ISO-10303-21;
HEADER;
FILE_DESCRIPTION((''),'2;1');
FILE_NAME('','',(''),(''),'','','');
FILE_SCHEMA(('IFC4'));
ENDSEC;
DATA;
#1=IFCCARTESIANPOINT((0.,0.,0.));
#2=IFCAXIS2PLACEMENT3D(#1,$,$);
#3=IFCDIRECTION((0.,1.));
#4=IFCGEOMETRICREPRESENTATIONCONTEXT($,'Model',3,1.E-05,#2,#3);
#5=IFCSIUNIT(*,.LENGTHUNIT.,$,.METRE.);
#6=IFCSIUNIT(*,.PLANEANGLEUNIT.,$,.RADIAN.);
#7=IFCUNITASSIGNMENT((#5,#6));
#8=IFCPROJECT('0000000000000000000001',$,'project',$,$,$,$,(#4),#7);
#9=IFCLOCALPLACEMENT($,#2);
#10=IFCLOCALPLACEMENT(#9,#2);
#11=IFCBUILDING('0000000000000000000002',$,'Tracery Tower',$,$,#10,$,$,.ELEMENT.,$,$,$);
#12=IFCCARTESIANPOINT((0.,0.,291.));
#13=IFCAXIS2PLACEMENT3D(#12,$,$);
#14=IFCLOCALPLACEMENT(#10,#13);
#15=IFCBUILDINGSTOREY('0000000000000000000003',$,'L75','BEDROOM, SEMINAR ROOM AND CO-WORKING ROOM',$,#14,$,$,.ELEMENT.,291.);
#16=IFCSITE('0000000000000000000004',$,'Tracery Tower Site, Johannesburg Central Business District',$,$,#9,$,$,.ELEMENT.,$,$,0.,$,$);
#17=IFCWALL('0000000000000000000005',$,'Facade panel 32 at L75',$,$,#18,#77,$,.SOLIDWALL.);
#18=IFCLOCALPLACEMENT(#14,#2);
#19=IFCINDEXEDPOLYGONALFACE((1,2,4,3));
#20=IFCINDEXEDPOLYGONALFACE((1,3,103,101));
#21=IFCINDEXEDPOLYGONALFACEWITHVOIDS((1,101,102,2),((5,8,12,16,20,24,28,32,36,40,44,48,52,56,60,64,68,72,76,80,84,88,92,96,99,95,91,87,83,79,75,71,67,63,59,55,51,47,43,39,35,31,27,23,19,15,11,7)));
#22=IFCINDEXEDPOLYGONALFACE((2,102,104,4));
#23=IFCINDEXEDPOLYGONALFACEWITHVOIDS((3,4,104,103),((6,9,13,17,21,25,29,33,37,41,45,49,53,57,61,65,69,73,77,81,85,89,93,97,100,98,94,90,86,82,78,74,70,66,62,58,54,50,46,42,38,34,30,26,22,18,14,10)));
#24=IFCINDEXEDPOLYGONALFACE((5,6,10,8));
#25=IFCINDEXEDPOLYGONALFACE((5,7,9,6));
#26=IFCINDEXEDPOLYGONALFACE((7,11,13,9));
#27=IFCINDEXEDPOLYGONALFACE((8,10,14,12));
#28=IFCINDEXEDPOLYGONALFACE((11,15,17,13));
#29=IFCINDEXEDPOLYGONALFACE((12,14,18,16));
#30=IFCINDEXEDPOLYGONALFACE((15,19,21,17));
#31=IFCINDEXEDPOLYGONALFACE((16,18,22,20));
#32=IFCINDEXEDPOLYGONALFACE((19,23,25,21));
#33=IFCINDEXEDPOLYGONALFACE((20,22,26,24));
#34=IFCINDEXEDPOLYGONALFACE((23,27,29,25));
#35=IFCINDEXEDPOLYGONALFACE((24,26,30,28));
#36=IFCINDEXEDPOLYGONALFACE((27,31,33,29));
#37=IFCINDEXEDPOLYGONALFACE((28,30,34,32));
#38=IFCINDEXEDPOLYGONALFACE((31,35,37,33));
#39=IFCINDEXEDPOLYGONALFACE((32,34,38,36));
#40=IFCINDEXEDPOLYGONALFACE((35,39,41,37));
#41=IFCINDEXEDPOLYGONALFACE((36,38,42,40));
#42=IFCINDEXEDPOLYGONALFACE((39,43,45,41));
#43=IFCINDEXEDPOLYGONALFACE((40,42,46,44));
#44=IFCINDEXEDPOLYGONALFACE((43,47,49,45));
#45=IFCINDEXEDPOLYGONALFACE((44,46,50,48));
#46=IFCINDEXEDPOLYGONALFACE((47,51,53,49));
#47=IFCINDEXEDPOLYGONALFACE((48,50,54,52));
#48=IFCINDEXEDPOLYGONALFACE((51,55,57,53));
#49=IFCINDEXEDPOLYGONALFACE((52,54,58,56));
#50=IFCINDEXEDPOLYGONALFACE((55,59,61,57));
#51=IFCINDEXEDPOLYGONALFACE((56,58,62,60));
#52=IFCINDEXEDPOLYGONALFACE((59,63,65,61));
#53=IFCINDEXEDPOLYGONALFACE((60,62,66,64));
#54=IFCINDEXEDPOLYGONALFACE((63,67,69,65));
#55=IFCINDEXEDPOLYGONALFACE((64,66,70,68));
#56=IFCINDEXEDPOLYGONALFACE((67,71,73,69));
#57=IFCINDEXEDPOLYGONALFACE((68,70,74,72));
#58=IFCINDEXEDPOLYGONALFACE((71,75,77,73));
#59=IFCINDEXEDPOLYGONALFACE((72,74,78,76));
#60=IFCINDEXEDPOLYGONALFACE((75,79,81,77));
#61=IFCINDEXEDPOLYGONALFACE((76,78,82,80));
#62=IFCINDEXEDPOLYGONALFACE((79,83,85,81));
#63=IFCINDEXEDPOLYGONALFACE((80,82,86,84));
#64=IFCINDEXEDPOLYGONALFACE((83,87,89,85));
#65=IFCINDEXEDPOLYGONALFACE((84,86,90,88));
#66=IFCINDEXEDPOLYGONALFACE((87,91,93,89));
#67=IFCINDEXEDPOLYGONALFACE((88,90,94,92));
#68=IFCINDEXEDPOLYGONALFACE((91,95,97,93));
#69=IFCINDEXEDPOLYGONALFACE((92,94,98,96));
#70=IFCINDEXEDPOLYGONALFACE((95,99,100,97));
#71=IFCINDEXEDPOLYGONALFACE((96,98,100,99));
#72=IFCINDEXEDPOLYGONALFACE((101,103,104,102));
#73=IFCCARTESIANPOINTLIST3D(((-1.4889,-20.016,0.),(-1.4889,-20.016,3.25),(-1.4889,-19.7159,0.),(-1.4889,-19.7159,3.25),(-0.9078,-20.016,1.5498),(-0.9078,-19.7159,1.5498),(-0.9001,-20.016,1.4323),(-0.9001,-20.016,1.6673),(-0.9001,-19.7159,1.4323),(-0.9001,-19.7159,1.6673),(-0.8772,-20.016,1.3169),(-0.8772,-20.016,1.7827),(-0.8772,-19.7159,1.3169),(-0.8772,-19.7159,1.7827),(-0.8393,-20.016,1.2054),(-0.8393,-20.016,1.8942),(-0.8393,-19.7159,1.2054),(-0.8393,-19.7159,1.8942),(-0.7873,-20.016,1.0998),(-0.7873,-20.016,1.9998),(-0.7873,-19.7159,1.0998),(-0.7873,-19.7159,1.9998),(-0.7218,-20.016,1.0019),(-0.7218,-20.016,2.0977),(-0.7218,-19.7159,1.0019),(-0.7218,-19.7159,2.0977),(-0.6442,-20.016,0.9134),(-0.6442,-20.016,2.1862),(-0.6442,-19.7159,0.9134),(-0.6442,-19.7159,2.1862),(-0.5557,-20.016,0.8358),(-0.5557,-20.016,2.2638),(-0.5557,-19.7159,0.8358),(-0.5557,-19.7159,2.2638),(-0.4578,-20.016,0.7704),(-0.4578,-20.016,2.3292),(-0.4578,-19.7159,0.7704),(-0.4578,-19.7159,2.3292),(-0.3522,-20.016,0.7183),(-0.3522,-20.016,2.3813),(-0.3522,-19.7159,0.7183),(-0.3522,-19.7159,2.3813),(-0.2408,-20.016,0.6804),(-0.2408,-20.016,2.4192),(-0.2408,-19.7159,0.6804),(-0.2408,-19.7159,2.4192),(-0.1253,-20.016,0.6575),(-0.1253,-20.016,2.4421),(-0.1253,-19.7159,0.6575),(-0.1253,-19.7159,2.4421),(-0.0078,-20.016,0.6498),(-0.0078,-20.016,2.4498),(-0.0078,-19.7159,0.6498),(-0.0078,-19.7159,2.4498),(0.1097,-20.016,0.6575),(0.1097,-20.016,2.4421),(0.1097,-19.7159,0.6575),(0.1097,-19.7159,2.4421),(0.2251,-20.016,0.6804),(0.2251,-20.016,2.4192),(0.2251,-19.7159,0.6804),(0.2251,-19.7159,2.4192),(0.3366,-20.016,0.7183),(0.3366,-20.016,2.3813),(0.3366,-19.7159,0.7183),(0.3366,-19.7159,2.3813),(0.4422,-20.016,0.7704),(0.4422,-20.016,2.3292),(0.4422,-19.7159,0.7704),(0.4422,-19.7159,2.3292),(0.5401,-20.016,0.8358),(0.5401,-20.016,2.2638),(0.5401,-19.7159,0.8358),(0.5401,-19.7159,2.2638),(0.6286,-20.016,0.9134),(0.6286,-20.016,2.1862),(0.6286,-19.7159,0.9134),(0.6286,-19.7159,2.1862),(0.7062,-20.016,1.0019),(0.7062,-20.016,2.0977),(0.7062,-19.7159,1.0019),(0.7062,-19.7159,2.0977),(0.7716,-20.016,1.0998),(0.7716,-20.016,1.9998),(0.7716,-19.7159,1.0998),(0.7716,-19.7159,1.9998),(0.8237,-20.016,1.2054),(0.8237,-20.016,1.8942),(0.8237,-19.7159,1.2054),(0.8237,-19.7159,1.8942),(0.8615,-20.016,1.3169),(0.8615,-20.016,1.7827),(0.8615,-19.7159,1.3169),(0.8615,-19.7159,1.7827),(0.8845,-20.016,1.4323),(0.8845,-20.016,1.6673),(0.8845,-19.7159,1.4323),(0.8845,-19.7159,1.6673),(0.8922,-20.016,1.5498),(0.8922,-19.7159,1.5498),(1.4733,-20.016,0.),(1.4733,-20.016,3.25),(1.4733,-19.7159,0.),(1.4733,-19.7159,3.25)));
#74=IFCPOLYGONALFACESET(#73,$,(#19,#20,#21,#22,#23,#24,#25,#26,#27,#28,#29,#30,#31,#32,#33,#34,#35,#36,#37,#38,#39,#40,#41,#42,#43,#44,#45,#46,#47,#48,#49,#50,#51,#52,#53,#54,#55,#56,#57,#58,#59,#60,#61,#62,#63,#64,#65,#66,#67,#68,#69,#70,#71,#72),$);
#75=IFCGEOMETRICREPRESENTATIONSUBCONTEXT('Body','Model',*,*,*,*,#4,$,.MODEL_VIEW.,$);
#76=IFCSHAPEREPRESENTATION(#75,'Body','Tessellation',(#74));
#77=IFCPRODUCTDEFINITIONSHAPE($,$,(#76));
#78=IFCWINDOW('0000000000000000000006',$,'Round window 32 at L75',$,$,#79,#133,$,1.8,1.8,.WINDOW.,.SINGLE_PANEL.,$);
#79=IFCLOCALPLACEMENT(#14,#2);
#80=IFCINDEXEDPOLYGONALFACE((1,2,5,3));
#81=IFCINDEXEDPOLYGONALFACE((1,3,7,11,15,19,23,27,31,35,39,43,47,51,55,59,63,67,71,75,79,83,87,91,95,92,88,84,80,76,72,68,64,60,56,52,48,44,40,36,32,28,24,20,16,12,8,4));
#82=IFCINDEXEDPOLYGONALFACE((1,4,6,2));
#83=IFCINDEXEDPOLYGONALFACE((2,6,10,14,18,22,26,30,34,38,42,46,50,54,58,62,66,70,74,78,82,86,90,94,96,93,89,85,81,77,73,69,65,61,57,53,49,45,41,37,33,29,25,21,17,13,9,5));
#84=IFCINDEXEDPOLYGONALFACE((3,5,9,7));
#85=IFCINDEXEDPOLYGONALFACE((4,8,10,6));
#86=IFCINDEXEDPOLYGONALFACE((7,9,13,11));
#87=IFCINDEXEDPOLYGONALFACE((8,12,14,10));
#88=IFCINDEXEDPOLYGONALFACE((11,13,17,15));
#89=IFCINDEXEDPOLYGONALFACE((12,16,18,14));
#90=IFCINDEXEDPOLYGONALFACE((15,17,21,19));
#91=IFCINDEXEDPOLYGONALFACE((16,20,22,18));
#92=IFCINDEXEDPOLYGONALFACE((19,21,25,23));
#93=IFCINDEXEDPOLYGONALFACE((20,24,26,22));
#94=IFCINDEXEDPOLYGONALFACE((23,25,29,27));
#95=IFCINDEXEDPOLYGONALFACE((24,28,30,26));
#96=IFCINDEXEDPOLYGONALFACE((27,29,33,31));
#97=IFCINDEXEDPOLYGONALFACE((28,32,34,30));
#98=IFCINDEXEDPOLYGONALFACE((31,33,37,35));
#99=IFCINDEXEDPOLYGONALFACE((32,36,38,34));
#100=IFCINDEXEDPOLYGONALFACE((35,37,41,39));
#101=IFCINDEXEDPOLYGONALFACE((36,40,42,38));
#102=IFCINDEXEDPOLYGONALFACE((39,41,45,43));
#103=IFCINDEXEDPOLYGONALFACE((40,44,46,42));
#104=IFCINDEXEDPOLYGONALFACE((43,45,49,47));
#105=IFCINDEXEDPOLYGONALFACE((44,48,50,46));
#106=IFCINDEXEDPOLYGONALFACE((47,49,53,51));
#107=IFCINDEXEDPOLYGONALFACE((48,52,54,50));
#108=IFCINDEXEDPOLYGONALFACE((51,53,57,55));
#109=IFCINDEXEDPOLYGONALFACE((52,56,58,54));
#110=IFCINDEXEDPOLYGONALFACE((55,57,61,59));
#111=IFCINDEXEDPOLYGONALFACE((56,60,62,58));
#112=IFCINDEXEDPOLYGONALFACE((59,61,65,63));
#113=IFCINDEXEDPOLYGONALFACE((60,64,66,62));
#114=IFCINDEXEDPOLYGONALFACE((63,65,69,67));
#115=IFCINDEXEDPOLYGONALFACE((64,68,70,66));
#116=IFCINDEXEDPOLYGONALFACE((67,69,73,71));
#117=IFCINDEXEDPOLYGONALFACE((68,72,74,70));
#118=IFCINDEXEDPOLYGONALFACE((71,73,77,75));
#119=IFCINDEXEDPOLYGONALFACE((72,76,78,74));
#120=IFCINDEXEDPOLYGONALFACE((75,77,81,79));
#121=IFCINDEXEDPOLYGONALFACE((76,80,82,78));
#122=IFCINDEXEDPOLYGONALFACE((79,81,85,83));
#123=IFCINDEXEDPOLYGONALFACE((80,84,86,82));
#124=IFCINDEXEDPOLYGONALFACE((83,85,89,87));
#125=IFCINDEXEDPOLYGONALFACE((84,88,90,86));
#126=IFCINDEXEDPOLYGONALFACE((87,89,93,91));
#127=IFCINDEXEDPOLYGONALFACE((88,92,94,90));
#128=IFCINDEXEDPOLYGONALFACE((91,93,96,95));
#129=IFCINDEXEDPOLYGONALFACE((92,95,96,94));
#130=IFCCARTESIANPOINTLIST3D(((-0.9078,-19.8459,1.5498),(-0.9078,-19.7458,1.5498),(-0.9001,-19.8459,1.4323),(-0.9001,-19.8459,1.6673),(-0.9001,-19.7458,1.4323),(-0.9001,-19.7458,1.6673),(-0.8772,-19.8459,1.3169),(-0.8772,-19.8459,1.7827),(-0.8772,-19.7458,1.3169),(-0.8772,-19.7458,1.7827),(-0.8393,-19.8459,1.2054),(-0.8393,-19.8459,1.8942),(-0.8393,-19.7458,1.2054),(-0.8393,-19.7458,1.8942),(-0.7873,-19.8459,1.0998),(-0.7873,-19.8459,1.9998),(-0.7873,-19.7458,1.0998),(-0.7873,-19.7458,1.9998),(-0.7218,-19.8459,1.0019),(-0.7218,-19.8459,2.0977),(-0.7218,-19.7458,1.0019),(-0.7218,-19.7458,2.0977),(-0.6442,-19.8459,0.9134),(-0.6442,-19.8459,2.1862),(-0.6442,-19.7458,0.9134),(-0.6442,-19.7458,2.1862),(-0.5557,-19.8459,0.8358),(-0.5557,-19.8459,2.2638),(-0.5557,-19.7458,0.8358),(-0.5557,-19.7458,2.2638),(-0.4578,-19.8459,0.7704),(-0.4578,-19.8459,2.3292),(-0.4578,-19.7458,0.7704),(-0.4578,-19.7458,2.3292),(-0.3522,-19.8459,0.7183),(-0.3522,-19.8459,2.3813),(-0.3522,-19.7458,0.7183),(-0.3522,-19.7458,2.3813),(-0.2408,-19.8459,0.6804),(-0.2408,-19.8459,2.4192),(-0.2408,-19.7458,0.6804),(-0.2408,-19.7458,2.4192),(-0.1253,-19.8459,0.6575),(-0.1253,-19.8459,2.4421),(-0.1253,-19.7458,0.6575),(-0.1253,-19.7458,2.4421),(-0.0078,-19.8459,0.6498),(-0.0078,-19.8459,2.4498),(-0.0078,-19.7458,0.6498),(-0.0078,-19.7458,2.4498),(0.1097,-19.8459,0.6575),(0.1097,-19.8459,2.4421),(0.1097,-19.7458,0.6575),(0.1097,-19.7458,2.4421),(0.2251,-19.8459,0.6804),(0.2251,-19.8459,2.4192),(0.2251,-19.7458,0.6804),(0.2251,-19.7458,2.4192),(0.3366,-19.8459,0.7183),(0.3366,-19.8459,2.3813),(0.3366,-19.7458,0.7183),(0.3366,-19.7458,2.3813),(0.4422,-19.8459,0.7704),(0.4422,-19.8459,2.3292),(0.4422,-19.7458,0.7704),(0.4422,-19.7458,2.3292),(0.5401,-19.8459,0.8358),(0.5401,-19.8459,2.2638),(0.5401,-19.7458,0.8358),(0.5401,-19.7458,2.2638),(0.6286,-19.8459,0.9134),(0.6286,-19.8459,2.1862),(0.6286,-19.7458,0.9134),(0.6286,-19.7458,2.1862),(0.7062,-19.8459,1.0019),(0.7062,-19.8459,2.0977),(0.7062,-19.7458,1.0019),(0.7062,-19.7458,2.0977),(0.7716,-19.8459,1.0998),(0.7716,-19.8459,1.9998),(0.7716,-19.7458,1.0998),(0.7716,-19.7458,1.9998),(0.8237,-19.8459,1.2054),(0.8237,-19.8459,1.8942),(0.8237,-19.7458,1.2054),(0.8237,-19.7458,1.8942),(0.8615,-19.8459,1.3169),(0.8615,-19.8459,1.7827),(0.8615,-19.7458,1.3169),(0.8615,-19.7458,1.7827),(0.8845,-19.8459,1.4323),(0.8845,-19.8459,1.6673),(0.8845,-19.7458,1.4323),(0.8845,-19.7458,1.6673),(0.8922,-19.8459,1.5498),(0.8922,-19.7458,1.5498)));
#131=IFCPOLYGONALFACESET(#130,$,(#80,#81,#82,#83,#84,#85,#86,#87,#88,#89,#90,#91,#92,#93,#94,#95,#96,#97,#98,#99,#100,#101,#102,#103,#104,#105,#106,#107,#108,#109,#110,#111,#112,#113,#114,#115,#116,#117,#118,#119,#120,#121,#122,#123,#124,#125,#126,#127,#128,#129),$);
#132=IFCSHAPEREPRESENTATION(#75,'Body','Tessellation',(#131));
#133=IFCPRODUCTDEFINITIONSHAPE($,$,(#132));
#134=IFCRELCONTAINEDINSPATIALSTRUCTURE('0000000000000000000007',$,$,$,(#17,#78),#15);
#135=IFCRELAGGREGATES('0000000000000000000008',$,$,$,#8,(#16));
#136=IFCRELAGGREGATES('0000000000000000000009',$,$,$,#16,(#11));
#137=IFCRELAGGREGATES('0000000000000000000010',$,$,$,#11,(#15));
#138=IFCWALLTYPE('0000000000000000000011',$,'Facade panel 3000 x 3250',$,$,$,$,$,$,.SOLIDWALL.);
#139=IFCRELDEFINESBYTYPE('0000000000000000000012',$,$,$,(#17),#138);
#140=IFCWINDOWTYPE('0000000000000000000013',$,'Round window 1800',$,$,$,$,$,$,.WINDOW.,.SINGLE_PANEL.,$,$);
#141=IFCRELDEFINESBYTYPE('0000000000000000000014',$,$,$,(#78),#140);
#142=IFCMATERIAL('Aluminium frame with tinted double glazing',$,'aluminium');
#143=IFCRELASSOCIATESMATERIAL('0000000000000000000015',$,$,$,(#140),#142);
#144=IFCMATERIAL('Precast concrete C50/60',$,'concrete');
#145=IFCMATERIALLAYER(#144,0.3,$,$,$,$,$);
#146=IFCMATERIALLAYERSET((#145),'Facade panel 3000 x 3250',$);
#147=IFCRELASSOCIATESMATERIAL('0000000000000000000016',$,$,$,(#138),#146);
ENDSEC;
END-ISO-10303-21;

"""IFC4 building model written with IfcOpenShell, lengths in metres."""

from ifc_helpers import new_model, si_unit, direction, frame, frame_2d, origin, origin_2d, place, context, subcontext, project, spatial, rectangle, circle, extrude, material, layer, layer_set, type_object, element, fill, save


model = new_model("IFC4")

# Units and contexts
model_context = context("Model", 3, precision=1e-05, world=origin(), true_north=direction((0.0, 1.0)))
body_context = subcontext(model_context, "Body", "Model", "MODEL_VIEW")
ifc_project = project(units=[si_unit("LENGTHUNIT", "METRE"), si_unit("PLANEANGLEUNIT", "RADIAN")], contexts=[model_context])

# Site, building, storey
site_placement = place(None, origin())
site = spatial("IfcSite", under=ifc_project, at=site_placement, Name="Tracery Tower Site, Johannesburg Central Business District", CompositionType="ELEMENT", RefElevation=0.0)
building_placement = place(site_placement, origin())
building = spatial("IfcBuilding", under=site, at=building_placement, Name="Tracery Tower", CompositionType="ELEMENT")
storey_placement = place(building_placement, frame((0.0, 0.0, 291.0)))
storey = spatial("IfcBuildingStorey", under=building, at=storey_placement, Name="L75", Description="BEDROOM, SEMINAR ROOM AND CO-WORKING ROOM", CompositionType="ELEMENT", Elevation=291.0)

# Wall, opening, window
ifc_material_1 = material(Name="Aluminium frame with tinted double glazing", Category="aluminium")
window_type = type_object("IfcWindowType", Name="Round window 1800", PartitioningType="SINGLE_PANEL", PredefinedType="WINDOW", material=ifc_material_1)
ifc_material_2 = material(Name="Precast concrete C50/60", Category="concrete")
ifc_layer_1 = layer(ifc_material_2, 0.3)
ifc_layer_set_1 = layer_set([ifc_layer_1], Name="Facade panel 3000 x 3250")
wall_type_1 = type_object("IfcWallType", Name="Facade panel 3000 x 3250", PredefinedType="SOLIDWALL", material=ifc_layer_set_1)
wall_1_placement = place(storey_placement, frame((-1.4888, -19.866, 0.0), z_axis=(0.0, 0.0, 1.0), x_axis=(1.0, 0.0, 0.0)))
wall_1 = element("IfcWall", 1, at=wall_1_placement, inside=storey, type_object=wall_type_1, Name="Facade panel 32 at L75", PredefinedType="SOLIDWALL", context=body_context, shape_type="SweptSolid", body=[
    extrude(rectangle(XDim=2.9622, YDim=0.3, at=frame_2d((1.481, 0.0))), origin(), (0.0, 0.0, 1.0), 3.25),
])
opening_1_placement = place(wall_1_placement, frame((1.481, 0.0, 1.5498)))
opening_1 = element("IfcOpeningElement", 2, at=opening_1_placement, cuts=wall_1, PredefinedType="OPENING", context=body_context, shape_type="SweptSolid", body=[
    extrude(circle(Radius=0.9, at=origin_2d()), frame((0.0, 0.1599, 0.0), z_axis=(0.0, -1.0, 0.0), x_axis=(1.0, 0.0, 0.0)), (0.0, 0.0, 1.0), 0.3201),
])
window_1_placement = place(opening_1_placement, origin())
window_1 = element("IfcWindow", 3, at=window_1_placement, inside=storey, type_object=window_type, Name="Round window 32 at L75", OverallHeight=1.8, OverallWidth=1.8, PartitioningType="SINGLE_PANEL", PredefinedType="WINDOW", context=body_context, shape_type="SweptSolid", body=[
    extrude(circle(Radius=0.9, at=origin_2d()), frame((0.0, 0.1201, 0.0), z_axis=(0.0, -1.0, 0.0), x_axis=(1.0, 0.0, 0.0)), (0.0, 0.0, 1.0), 0.1001),
])
fill(opening_1, window_1)

save(model, "model.ifc")
